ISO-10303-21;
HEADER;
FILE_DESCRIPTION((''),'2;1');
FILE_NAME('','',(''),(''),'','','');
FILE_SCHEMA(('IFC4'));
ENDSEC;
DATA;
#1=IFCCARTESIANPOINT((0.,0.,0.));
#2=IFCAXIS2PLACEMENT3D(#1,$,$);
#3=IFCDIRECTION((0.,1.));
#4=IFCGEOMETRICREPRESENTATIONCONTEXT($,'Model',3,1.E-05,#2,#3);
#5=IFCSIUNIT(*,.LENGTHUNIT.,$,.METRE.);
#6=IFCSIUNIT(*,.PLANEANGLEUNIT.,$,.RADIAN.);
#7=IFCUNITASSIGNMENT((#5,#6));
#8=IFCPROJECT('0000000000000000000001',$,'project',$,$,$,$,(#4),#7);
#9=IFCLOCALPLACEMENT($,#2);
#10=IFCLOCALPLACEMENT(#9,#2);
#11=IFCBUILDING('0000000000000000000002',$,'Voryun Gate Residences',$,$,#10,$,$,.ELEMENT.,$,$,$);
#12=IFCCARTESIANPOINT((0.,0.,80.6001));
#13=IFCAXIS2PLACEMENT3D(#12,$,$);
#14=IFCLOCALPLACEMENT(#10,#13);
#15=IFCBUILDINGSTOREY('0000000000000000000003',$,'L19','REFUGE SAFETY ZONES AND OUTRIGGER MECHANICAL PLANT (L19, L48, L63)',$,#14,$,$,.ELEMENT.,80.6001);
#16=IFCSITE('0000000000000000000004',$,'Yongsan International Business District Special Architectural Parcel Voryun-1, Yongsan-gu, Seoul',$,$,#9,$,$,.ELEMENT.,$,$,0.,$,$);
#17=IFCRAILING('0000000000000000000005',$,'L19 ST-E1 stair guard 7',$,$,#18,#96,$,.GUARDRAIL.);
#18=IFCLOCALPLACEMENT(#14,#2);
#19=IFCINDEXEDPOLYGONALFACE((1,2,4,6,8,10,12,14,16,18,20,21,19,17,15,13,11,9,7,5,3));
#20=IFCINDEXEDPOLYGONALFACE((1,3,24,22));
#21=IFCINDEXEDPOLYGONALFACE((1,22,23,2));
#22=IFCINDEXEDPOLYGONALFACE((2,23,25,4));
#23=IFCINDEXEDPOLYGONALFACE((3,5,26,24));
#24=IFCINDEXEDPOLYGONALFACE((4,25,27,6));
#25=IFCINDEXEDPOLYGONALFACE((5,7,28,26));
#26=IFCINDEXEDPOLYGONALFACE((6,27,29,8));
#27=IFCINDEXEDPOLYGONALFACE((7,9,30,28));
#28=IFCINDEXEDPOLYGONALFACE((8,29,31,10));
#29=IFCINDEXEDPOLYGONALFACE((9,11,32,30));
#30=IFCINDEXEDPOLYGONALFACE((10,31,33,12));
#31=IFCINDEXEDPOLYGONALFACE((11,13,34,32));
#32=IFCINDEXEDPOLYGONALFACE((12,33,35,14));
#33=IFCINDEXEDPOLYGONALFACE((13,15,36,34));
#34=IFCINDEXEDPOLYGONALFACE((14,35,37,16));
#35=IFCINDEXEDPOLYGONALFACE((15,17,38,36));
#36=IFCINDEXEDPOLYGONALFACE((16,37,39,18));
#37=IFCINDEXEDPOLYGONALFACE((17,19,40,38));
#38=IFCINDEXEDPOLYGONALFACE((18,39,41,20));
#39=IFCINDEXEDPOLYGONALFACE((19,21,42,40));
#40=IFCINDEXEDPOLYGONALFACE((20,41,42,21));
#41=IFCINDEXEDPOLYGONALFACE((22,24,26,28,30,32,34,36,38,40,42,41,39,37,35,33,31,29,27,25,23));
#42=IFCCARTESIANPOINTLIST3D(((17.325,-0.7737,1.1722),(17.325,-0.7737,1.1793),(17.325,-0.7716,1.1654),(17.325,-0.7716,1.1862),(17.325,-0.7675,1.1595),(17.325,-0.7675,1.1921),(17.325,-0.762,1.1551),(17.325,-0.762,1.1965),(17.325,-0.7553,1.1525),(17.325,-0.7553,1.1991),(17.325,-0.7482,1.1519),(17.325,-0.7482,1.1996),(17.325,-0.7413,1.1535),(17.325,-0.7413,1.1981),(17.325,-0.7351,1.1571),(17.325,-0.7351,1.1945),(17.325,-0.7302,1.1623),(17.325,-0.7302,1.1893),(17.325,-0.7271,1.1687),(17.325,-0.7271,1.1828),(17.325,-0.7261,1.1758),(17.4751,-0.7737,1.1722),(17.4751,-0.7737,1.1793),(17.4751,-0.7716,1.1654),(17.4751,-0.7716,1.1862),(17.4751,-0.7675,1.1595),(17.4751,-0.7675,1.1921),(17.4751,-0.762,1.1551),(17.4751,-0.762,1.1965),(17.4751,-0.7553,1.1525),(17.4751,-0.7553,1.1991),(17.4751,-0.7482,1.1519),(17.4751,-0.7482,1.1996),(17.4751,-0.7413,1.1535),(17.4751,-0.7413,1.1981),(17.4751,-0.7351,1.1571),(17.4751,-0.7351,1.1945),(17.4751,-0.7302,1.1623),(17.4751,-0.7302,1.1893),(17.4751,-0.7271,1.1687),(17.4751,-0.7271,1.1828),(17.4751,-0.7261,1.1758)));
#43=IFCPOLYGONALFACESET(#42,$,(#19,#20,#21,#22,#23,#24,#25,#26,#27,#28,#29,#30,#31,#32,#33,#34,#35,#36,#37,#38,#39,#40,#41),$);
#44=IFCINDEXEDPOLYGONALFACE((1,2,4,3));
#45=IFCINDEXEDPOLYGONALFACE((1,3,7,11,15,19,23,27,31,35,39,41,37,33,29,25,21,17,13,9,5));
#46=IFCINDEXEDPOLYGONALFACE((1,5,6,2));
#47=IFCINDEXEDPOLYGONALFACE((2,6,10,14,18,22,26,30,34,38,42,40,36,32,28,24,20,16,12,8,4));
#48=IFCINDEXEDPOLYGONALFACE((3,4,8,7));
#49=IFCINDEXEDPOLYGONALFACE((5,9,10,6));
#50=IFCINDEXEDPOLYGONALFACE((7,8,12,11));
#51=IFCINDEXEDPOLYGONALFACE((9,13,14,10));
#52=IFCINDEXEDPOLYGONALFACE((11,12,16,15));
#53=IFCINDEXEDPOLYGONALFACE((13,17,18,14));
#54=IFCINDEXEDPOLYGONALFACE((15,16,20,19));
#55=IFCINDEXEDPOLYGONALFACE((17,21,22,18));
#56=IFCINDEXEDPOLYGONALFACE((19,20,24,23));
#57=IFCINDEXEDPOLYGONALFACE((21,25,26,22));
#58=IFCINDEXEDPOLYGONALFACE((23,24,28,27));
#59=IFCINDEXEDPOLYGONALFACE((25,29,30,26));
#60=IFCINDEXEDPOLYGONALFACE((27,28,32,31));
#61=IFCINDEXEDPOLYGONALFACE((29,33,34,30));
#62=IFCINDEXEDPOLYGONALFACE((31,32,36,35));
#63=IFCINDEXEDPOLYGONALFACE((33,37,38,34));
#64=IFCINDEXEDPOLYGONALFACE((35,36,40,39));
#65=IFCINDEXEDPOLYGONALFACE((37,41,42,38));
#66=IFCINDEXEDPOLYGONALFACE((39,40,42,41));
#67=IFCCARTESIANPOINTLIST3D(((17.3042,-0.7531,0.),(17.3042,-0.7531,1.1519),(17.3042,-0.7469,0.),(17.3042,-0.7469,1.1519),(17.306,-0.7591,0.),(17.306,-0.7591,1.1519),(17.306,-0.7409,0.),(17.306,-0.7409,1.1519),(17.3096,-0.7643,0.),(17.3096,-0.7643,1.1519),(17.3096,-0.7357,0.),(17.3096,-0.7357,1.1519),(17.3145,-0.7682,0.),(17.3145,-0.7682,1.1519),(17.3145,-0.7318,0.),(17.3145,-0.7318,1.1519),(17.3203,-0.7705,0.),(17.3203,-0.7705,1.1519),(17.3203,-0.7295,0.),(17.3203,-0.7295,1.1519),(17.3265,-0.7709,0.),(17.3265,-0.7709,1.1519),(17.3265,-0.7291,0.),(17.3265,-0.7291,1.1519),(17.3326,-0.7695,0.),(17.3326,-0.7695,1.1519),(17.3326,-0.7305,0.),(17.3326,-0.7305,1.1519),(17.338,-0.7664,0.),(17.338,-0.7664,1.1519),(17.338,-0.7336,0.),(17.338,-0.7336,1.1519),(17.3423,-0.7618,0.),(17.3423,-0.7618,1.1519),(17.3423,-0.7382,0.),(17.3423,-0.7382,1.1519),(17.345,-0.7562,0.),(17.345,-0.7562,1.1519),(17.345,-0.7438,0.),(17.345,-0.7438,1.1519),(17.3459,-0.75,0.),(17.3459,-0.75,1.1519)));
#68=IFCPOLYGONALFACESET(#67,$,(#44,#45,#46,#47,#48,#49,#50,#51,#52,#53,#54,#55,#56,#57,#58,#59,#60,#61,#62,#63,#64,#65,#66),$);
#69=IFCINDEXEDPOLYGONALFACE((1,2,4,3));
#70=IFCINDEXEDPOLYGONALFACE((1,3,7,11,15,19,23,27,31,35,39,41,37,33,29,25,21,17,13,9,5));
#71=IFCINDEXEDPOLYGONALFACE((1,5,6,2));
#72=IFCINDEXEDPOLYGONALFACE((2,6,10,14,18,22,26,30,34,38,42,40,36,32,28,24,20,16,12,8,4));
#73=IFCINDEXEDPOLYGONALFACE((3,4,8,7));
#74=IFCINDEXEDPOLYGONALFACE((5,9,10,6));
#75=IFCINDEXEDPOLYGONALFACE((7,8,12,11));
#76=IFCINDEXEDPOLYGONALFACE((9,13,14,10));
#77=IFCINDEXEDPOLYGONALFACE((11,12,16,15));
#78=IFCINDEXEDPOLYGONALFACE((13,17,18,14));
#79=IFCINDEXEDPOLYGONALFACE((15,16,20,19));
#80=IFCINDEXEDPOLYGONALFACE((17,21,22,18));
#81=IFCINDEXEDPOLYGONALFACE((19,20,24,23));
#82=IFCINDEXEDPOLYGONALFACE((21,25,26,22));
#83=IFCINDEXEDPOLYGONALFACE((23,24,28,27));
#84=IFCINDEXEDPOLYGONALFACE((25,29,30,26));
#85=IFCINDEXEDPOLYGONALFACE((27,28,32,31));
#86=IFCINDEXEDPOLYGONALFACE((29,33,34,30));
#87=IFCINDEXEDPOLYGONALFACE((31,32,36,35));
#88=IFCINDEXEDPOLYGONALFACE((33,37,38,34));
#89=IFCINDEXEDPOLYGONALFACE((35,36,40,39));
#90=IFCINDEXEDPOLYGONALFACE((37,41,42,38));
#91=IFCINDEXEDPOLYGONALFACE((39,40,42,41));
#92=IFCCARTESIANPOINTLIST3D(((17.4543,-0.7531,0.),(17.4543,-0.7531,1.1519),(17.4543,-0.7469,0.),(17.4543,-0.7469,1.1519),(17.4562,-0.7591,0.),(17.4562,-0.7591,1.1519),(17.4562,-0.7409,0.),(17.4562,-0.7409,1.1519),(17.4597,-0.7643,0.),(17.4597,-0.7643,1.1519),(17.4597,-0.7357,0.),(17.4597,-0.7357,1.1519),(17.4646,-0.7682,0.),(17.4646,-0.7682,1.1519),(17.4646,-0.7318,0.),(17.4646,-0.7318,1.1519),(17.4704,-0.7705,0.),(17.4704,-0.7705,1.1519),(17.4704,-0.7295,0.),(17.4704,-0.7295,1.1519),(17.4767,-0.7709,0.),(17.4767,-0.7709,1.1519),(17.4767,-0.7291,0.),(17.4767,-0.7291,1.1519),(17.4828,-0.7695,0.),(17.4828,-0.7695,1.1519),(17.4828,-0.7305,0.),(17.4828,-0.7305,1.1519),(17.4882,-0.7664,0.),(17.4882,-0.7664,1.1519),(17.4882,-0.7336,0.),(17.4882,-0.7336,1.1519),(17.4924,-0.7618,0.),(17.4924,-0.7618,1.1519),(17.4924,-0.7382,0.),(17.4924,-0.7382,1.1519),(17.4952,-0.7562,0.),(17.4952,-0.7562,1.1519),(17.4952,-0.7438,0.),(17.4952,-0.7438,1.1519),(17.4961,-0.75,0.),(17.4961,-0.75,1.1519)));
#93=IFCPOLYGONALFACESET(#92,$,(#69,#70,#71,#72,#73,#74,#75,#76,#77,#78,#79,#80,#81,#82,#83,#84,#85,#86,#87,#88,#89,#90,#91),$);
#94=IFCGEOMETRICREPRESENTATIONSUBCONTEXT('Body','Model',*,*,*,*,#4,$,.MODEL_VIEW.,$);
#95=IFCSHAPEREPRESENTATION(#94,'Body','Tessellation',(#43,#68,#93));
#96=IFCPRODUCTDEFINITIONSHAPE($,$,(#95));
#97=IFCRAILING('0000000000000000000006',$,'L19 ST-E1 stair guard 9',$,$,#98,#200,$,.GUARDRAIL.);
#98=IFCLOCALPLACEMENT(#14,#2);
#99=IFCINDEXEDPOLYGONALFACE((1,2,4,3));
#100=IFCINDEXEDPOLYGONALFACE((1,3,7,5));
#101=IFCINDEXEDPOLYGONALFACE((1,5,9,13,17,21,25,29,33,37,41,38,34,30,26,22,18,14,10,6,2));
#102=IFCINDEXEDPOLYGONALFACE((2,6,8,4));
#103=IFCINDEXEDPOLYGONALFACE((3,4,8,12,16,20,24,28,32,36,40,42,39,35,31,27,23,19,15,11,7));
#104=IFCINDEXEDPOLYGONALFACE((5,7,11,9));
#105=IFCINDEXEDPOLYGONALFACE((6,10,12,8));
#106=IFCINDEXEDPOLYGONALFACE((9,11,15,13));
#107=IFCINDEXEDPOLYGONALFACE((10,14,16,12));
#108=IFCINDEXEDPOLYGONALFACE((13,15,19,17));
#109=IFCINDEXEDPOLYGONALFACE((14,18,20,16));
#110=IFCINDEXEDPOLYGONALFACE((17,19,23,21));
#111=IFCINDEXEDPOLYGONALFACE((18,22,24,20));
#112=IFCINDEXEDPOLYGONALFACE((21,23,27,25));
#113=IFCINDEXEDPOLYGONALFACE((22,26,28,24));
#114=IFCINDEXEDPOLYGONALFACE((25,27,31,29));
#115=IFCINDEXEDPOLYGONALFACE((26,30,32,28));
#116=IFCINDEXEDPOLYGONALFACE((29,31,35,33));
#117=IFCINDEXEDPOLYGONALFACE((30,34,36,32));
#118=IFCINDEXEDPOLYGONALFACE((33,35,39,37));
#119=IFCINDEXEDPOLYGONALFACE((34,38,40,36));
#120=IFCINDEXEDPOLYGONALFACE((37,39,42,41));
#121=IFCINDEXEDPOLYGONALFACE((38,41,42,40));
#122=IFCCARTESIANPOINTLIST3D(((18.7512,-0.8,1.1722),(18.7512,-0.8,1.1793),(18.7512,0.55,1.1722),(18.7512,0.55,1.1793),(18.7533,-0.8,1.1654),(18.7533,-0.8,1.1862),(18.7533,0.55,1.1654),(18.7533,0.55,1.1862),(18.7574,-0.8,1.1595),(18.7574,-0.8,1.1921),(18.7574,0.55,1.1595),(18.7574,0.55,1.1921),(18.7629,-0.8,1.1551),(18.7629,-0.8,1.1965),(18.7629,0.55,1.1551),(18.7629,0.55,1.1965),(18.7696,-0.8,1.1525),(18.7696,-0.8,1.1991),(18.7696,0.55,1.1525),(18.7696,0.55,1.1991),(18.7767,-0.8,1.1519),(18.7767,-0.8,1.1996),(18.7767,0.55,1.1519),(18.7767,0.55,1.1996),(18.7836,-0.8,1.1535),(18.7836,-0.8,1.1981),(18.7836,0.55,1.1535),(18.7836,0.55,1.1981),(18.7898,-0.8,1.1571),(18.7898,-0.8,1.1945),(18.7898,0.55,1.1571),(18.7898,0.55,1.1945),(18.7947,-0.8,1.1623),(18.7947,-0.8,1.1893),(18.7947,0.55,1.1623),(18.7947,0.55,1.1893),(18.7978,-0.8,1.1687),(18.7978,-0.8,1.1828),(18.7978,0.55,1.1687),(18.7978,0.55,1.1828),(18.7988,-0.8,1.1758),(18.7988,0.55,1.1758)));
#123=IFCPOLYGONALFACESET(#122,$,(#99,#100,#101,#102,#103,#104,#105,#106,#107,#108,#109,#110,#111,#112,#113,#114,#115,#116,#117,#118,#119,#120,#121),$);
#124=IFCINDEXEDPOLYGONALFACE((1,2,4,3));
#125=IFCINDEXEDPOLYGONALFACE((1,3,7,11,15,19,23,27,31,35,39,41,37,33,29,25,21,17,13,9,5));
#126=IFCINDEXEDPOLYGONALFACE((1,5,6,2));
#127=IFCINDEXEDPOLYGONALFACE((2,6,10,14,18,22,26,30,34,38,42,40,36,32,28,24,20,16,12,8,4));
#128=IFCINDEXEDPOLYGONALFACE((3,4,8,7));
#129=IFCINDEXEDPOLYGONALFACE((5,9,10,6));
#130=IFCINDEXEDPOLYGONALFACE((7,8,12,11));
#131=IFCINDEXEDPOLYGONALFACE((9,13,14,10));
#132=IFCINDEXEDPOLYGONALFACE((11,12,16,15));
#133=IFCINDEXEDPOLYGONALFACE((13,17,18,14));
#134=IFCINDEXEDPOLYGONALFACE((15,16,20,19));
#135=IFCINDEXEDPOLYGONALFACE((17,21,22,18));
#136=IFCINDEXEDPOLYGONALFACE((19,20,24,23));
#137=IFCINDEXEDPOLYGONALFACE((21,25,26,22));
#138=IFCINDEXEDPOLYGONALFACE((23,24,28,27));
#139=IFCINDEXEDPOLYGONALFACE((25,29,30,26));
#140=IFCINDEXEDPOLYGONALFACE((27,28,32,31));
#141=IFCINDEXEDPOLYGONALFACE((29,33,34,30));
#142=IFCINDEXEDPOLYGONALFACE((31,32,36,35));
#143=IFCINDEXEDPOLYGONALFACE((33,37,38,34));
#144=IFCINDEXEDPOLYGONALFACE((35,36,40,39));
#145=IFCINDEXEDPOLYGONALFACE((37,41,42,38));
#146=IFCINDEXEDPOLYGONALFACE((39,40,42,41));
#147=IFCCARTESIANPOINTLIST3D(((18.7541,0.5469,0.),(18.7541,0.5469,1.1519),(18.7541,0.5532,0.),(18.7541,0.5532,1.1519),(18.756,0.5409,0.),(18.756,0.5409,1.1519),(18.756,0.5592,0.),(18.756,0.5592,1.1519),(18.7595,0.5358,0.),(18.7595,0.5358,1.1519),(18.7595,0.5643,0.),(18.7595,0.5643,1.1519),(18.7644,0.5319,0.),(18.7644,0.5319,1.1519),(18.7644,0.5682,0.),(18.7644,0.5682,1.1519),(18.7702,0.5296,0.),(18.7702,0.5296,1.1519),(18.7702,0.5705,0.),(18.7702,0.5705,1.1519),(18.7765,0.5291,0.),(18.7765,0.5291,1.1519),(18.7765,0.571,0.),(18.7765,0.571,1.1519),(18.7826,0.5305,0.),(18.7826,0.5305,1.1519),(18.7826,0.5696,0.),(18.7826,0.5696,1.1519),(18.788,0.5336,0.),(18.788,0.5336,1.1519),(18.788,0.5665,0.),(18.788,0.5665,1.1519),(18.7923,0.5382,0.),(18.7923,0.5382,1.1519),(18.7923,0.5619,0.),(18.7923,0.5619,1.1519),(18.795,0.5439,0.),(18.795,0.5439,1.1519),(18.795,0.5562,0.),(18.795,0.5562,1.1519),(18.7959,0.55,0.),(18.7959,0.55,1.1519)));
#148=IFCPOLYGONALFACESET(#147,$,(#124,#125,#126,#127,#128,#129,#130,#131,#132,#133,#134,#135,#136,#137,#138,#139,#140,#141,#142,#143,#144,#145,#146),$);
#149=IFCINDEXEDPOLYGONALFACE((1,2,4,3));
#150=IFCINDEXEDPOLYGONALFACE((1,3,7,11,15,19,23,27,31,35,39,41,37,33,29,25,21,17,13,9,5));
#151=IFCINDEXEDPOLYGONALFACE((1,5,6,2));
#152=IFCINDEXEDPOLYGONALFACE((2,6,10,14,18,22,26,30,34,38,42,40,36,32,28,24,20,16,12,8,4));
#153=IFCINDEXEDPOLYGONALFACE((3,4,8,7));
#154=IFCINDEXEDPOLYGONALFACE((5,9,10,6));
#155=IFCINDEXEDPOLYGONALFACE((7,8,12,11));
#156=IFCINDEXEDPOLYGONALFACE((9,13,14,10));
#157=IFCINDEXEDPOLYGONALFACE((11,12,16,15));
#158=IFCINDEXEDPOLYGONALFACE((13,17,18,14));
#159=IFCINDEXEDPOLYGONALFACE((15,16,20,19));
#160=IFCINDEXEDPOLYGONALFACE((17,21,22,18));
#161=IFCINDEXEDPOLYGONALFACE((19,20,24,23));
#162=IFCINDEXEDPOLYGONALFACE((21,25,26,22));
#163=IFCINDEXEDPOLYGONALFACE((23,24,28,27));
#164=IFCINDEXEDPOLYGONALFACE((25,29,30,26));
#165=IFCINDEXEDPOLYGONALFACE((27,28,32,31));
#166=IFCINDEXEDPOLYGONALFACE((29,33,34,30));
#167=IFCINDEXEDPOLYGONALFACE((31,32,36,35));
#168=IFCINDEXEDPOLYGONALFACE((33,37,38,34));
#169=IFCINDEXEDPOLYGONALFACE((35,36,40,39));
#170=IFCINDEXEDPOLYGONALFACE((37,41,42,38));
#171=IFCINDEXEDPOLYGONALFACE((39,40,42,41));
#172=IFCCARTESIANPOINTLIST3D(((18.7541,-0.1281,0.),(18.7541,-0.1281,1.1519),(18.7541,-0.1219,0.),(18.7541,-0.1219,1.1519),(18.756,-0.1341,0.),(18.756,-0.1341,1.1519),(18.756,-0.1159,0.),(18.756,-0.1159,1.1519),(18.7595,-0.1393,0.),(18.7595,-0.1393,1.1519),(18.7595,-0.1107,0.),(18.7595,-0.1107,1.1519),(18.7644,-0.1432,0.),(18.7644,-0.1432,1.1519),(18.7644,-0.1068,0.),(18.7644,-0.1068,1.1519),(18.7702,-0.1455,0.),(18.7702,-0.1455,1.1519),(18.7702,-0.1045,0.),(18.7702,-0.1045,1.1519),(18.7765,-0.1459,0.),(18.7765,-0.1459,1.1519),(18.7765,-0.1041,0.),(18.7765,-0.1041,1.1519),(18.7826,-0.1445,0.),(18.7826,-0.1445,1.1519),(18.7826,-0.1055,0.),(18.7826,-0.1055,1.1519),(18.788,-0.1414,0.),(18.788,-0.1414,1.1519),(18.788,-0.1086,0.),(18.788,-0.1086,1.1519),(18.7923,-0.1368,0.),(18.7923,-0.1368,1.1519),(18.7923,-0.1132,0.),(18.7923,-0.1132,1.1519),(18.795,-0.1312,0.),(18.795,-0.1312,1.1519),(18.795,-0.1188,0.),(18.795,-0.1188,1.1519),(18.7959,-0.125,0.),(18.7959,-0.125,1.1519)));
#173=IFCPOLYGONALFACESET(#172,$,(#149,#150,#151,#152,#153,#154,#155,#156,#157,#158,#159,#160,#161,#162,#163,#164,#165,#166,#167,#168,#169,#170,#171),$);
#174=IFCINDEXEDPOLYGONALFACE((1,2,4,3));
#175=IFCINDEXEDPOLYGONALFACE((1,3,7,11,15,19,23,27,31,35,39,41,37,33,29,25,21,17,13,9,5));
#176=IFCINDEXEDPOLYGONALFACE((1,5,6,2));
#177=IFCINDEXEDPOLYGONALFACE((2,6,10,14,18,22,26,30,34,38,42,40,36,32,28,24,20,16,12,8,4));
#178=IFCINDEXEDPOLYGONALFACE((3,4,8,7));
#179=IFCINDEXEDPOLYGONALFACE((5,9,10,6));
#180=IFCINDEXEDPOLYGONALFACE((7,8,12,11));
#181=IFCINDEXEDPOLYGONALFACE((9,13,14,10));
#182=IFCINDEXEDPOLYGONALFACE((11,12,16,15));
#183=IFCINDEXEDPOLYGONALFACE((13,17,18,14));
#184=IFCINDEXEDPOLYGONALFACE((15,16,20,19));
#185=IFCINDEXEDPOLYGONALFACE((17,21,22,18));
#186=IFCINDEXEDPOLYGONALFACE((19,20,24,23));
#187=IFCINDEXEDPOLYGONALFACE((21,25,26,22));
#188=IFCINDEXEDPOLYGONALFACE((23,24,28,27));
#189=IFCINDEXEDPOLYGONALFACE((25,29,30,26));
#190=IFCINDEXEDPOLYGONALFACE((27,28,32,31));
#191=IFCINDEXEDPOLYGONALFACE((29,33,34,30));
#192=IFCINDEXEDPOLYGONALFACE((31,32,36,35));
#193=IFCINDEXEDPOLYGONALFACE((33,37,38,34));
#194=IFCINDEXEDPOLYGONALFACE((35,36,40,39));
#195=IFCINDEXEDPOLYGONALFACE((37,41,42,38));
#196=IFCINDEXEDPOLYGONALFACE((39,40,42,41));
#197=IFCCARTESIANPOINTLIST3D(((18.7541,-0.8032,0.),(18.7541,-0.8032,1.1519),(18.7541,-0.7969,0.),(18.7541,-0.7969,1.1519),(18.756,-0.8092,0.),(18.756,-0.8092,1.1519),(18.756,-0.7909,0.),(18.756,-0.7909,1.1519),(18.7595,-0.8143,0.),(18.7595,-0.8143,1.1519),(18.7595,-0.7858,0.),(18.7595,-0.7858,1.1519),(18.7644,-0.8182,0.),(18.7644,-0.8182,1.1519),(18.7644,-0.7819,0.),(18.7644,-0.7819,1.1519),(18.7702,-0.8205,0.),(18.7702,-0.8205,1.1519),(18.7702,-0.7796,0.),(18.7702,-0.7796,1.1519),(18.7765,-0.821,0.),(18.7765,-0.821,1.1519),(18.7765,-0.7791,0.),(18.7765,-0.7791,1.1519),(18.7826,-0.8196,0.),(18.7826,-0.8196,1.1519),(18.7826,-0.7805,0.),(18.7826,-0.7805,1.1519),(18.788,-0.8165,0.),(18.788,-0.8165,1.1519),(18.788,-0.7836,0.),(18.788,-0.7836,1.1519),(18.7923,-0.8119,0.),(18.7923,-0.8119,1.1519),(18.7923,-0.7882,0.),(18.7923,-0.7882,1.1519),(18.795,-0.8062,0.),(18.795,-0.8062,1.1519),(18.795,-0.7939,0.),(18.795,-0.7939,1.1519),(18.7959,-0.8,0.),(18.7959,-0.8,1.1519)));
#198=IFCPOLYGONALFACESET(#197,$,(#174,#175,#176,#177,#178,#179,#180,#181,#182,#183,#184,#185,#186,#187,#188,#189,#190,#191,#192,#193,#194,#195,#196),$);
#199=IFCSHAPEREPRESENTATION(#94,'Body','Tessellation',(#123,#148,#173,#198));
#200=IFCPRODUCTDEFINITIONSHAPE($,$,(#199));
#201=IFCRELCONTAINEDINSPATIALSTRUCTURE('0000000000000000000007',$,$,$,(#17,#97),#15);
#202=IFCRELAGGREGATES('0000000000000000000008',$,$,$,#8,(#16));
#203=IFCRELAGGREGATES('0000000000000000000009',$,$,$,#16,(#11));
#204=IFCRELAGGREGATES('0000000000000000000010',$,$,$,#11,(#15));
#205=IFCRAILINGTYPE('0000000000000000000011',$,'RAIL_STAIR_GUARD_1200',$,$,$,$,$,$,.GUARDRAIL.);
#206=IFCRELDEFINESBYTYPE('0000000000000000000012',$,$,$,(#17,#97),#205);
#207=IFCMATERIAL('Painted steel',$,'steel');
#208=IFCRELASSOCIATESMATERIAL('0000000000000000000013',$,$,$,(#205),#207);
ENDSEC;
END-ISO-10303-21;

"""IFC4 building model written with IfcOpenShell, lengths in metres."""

from ifc_helpers import new_model, si_unit, direction, frame, origin, origin_2d, place, context, subcontext, project, spatial, circle, extrude, material, type_object, element, save


model = new_model("IFC4")

# Units and contexts
model_context = context("Model", 3, precision=1e-05, world=origin(), true_north=direction((0.0, 1.0)))
body_context = subcontext(model_context, "Body", "Model", "MODEL_VIEW")
ifc_project = project(units=[si_unit("LENGTHUNIT", "METRE"), si_unit("PLANEANGLEUNIT", "RADIAN")], contexts=[model_context])

# Site, building, storey
site_placement = place(None, origin())
site = spatial("IfcSite", under=ifc_project, at=site_placement, Name="Yongsan International Business District Special Architectural Parcel Voryun-1, Yongsan-gu, Seoul", CompositionType="ELEMENT", RefElevation=0.0)
building_placement = place(site_placement, origin())
building = spatial("IfcBuilding", under=site, at=building_placement, Name="Voryun Gate Residences", CompositionType="ELEMENT")
storey_placement = place(building_placement, frame((0.0, 0.0, 80.6001)))
storey = spatial("IfcBuildingStorey", under=building, at=storey_placement, Name="L19", Description="REFUGE SAFETY ZONES AND OUTRIGGER MECHANICAL PLANT (L19, L48, L63)", CompositionType="ELEMENT", Elevation=80.6001)

# Railings
ifc_material_1 = material(Name="Painted steel", Category="steel")
railing_type_1 = type_object("IfcRailingType", Name="RAIL_STAIR_GUARD_1200", PredefinedType="GUARDRAIL", material=ifc_material_1)
railing_1_placement = place(storey_placement, frame((17.325, -0.75, 0.0)))
element("IfcRailing", 1, at=railing_1_placement, inside=storey, type_object=railing_type_1, Name="L19 ST-E1 stair guard 7", PredefinedType="GUARDRAIL", context=body_context, shape_type="SweptSolid", body=[
    extrude(circle(Radius=0.0239, at=origin_2d()), frame((0.0, 0.0, 1.1758), z_axis=(1.0, 0.0, 0.0), x_axis=(0.0, 1.0, 0.0)), (0.0, 0.0, 1.0), 0.1501),
    extrude(circle(Radius=0.021, at=origin_2d()), origin(), (0.0, 0.0, 1.0), 1.1519),
    extrude(circle(Radius=0.021, at=origin_2d()), frame((0.1501, 0.0, 0.0)), (0.0, 0.0, 1.0), 1.1519),
])
railing_2_placement = place(storey_placement, frame((18.7749, 0.55, 0.0)))
element("IfcRailing", 2, at=railing_2_placement, inside=storey, type_object=railing_type_1, Name="L19 ST-E1 stair guard 9", PredefinedType="GUARDRAIL", context=body_context, shape_type="SweptSolid", body=[
    extrude(circle(Radius=0.0239, at=origin_2d()), frame((0.0, 0.0, 1.1758), z_axis=(0.0, -1.0, 0.0), x_axis=(1.0, 0.0, 0.0)), (0.0, 0.0, 1.0), 1.3501),
    extrude(circle(Radius=0.021, at=origin_2d()), origin(), (0.0, 0.0, 1.0), 1.1519),
    extrude(circle(Radius=0.021, at=origin_2d()), frame((0.0, -0.675, 0.0)), (0.0, 0.0, 1.0), 1.1519),
    extrude(circle(Radius=0.021, at=origin_2d()), frame((0.0, -1.3501, 0.0)), (0.0, 0.0, 1.0), 1.1519),
])

save(model, "model.ifc")
